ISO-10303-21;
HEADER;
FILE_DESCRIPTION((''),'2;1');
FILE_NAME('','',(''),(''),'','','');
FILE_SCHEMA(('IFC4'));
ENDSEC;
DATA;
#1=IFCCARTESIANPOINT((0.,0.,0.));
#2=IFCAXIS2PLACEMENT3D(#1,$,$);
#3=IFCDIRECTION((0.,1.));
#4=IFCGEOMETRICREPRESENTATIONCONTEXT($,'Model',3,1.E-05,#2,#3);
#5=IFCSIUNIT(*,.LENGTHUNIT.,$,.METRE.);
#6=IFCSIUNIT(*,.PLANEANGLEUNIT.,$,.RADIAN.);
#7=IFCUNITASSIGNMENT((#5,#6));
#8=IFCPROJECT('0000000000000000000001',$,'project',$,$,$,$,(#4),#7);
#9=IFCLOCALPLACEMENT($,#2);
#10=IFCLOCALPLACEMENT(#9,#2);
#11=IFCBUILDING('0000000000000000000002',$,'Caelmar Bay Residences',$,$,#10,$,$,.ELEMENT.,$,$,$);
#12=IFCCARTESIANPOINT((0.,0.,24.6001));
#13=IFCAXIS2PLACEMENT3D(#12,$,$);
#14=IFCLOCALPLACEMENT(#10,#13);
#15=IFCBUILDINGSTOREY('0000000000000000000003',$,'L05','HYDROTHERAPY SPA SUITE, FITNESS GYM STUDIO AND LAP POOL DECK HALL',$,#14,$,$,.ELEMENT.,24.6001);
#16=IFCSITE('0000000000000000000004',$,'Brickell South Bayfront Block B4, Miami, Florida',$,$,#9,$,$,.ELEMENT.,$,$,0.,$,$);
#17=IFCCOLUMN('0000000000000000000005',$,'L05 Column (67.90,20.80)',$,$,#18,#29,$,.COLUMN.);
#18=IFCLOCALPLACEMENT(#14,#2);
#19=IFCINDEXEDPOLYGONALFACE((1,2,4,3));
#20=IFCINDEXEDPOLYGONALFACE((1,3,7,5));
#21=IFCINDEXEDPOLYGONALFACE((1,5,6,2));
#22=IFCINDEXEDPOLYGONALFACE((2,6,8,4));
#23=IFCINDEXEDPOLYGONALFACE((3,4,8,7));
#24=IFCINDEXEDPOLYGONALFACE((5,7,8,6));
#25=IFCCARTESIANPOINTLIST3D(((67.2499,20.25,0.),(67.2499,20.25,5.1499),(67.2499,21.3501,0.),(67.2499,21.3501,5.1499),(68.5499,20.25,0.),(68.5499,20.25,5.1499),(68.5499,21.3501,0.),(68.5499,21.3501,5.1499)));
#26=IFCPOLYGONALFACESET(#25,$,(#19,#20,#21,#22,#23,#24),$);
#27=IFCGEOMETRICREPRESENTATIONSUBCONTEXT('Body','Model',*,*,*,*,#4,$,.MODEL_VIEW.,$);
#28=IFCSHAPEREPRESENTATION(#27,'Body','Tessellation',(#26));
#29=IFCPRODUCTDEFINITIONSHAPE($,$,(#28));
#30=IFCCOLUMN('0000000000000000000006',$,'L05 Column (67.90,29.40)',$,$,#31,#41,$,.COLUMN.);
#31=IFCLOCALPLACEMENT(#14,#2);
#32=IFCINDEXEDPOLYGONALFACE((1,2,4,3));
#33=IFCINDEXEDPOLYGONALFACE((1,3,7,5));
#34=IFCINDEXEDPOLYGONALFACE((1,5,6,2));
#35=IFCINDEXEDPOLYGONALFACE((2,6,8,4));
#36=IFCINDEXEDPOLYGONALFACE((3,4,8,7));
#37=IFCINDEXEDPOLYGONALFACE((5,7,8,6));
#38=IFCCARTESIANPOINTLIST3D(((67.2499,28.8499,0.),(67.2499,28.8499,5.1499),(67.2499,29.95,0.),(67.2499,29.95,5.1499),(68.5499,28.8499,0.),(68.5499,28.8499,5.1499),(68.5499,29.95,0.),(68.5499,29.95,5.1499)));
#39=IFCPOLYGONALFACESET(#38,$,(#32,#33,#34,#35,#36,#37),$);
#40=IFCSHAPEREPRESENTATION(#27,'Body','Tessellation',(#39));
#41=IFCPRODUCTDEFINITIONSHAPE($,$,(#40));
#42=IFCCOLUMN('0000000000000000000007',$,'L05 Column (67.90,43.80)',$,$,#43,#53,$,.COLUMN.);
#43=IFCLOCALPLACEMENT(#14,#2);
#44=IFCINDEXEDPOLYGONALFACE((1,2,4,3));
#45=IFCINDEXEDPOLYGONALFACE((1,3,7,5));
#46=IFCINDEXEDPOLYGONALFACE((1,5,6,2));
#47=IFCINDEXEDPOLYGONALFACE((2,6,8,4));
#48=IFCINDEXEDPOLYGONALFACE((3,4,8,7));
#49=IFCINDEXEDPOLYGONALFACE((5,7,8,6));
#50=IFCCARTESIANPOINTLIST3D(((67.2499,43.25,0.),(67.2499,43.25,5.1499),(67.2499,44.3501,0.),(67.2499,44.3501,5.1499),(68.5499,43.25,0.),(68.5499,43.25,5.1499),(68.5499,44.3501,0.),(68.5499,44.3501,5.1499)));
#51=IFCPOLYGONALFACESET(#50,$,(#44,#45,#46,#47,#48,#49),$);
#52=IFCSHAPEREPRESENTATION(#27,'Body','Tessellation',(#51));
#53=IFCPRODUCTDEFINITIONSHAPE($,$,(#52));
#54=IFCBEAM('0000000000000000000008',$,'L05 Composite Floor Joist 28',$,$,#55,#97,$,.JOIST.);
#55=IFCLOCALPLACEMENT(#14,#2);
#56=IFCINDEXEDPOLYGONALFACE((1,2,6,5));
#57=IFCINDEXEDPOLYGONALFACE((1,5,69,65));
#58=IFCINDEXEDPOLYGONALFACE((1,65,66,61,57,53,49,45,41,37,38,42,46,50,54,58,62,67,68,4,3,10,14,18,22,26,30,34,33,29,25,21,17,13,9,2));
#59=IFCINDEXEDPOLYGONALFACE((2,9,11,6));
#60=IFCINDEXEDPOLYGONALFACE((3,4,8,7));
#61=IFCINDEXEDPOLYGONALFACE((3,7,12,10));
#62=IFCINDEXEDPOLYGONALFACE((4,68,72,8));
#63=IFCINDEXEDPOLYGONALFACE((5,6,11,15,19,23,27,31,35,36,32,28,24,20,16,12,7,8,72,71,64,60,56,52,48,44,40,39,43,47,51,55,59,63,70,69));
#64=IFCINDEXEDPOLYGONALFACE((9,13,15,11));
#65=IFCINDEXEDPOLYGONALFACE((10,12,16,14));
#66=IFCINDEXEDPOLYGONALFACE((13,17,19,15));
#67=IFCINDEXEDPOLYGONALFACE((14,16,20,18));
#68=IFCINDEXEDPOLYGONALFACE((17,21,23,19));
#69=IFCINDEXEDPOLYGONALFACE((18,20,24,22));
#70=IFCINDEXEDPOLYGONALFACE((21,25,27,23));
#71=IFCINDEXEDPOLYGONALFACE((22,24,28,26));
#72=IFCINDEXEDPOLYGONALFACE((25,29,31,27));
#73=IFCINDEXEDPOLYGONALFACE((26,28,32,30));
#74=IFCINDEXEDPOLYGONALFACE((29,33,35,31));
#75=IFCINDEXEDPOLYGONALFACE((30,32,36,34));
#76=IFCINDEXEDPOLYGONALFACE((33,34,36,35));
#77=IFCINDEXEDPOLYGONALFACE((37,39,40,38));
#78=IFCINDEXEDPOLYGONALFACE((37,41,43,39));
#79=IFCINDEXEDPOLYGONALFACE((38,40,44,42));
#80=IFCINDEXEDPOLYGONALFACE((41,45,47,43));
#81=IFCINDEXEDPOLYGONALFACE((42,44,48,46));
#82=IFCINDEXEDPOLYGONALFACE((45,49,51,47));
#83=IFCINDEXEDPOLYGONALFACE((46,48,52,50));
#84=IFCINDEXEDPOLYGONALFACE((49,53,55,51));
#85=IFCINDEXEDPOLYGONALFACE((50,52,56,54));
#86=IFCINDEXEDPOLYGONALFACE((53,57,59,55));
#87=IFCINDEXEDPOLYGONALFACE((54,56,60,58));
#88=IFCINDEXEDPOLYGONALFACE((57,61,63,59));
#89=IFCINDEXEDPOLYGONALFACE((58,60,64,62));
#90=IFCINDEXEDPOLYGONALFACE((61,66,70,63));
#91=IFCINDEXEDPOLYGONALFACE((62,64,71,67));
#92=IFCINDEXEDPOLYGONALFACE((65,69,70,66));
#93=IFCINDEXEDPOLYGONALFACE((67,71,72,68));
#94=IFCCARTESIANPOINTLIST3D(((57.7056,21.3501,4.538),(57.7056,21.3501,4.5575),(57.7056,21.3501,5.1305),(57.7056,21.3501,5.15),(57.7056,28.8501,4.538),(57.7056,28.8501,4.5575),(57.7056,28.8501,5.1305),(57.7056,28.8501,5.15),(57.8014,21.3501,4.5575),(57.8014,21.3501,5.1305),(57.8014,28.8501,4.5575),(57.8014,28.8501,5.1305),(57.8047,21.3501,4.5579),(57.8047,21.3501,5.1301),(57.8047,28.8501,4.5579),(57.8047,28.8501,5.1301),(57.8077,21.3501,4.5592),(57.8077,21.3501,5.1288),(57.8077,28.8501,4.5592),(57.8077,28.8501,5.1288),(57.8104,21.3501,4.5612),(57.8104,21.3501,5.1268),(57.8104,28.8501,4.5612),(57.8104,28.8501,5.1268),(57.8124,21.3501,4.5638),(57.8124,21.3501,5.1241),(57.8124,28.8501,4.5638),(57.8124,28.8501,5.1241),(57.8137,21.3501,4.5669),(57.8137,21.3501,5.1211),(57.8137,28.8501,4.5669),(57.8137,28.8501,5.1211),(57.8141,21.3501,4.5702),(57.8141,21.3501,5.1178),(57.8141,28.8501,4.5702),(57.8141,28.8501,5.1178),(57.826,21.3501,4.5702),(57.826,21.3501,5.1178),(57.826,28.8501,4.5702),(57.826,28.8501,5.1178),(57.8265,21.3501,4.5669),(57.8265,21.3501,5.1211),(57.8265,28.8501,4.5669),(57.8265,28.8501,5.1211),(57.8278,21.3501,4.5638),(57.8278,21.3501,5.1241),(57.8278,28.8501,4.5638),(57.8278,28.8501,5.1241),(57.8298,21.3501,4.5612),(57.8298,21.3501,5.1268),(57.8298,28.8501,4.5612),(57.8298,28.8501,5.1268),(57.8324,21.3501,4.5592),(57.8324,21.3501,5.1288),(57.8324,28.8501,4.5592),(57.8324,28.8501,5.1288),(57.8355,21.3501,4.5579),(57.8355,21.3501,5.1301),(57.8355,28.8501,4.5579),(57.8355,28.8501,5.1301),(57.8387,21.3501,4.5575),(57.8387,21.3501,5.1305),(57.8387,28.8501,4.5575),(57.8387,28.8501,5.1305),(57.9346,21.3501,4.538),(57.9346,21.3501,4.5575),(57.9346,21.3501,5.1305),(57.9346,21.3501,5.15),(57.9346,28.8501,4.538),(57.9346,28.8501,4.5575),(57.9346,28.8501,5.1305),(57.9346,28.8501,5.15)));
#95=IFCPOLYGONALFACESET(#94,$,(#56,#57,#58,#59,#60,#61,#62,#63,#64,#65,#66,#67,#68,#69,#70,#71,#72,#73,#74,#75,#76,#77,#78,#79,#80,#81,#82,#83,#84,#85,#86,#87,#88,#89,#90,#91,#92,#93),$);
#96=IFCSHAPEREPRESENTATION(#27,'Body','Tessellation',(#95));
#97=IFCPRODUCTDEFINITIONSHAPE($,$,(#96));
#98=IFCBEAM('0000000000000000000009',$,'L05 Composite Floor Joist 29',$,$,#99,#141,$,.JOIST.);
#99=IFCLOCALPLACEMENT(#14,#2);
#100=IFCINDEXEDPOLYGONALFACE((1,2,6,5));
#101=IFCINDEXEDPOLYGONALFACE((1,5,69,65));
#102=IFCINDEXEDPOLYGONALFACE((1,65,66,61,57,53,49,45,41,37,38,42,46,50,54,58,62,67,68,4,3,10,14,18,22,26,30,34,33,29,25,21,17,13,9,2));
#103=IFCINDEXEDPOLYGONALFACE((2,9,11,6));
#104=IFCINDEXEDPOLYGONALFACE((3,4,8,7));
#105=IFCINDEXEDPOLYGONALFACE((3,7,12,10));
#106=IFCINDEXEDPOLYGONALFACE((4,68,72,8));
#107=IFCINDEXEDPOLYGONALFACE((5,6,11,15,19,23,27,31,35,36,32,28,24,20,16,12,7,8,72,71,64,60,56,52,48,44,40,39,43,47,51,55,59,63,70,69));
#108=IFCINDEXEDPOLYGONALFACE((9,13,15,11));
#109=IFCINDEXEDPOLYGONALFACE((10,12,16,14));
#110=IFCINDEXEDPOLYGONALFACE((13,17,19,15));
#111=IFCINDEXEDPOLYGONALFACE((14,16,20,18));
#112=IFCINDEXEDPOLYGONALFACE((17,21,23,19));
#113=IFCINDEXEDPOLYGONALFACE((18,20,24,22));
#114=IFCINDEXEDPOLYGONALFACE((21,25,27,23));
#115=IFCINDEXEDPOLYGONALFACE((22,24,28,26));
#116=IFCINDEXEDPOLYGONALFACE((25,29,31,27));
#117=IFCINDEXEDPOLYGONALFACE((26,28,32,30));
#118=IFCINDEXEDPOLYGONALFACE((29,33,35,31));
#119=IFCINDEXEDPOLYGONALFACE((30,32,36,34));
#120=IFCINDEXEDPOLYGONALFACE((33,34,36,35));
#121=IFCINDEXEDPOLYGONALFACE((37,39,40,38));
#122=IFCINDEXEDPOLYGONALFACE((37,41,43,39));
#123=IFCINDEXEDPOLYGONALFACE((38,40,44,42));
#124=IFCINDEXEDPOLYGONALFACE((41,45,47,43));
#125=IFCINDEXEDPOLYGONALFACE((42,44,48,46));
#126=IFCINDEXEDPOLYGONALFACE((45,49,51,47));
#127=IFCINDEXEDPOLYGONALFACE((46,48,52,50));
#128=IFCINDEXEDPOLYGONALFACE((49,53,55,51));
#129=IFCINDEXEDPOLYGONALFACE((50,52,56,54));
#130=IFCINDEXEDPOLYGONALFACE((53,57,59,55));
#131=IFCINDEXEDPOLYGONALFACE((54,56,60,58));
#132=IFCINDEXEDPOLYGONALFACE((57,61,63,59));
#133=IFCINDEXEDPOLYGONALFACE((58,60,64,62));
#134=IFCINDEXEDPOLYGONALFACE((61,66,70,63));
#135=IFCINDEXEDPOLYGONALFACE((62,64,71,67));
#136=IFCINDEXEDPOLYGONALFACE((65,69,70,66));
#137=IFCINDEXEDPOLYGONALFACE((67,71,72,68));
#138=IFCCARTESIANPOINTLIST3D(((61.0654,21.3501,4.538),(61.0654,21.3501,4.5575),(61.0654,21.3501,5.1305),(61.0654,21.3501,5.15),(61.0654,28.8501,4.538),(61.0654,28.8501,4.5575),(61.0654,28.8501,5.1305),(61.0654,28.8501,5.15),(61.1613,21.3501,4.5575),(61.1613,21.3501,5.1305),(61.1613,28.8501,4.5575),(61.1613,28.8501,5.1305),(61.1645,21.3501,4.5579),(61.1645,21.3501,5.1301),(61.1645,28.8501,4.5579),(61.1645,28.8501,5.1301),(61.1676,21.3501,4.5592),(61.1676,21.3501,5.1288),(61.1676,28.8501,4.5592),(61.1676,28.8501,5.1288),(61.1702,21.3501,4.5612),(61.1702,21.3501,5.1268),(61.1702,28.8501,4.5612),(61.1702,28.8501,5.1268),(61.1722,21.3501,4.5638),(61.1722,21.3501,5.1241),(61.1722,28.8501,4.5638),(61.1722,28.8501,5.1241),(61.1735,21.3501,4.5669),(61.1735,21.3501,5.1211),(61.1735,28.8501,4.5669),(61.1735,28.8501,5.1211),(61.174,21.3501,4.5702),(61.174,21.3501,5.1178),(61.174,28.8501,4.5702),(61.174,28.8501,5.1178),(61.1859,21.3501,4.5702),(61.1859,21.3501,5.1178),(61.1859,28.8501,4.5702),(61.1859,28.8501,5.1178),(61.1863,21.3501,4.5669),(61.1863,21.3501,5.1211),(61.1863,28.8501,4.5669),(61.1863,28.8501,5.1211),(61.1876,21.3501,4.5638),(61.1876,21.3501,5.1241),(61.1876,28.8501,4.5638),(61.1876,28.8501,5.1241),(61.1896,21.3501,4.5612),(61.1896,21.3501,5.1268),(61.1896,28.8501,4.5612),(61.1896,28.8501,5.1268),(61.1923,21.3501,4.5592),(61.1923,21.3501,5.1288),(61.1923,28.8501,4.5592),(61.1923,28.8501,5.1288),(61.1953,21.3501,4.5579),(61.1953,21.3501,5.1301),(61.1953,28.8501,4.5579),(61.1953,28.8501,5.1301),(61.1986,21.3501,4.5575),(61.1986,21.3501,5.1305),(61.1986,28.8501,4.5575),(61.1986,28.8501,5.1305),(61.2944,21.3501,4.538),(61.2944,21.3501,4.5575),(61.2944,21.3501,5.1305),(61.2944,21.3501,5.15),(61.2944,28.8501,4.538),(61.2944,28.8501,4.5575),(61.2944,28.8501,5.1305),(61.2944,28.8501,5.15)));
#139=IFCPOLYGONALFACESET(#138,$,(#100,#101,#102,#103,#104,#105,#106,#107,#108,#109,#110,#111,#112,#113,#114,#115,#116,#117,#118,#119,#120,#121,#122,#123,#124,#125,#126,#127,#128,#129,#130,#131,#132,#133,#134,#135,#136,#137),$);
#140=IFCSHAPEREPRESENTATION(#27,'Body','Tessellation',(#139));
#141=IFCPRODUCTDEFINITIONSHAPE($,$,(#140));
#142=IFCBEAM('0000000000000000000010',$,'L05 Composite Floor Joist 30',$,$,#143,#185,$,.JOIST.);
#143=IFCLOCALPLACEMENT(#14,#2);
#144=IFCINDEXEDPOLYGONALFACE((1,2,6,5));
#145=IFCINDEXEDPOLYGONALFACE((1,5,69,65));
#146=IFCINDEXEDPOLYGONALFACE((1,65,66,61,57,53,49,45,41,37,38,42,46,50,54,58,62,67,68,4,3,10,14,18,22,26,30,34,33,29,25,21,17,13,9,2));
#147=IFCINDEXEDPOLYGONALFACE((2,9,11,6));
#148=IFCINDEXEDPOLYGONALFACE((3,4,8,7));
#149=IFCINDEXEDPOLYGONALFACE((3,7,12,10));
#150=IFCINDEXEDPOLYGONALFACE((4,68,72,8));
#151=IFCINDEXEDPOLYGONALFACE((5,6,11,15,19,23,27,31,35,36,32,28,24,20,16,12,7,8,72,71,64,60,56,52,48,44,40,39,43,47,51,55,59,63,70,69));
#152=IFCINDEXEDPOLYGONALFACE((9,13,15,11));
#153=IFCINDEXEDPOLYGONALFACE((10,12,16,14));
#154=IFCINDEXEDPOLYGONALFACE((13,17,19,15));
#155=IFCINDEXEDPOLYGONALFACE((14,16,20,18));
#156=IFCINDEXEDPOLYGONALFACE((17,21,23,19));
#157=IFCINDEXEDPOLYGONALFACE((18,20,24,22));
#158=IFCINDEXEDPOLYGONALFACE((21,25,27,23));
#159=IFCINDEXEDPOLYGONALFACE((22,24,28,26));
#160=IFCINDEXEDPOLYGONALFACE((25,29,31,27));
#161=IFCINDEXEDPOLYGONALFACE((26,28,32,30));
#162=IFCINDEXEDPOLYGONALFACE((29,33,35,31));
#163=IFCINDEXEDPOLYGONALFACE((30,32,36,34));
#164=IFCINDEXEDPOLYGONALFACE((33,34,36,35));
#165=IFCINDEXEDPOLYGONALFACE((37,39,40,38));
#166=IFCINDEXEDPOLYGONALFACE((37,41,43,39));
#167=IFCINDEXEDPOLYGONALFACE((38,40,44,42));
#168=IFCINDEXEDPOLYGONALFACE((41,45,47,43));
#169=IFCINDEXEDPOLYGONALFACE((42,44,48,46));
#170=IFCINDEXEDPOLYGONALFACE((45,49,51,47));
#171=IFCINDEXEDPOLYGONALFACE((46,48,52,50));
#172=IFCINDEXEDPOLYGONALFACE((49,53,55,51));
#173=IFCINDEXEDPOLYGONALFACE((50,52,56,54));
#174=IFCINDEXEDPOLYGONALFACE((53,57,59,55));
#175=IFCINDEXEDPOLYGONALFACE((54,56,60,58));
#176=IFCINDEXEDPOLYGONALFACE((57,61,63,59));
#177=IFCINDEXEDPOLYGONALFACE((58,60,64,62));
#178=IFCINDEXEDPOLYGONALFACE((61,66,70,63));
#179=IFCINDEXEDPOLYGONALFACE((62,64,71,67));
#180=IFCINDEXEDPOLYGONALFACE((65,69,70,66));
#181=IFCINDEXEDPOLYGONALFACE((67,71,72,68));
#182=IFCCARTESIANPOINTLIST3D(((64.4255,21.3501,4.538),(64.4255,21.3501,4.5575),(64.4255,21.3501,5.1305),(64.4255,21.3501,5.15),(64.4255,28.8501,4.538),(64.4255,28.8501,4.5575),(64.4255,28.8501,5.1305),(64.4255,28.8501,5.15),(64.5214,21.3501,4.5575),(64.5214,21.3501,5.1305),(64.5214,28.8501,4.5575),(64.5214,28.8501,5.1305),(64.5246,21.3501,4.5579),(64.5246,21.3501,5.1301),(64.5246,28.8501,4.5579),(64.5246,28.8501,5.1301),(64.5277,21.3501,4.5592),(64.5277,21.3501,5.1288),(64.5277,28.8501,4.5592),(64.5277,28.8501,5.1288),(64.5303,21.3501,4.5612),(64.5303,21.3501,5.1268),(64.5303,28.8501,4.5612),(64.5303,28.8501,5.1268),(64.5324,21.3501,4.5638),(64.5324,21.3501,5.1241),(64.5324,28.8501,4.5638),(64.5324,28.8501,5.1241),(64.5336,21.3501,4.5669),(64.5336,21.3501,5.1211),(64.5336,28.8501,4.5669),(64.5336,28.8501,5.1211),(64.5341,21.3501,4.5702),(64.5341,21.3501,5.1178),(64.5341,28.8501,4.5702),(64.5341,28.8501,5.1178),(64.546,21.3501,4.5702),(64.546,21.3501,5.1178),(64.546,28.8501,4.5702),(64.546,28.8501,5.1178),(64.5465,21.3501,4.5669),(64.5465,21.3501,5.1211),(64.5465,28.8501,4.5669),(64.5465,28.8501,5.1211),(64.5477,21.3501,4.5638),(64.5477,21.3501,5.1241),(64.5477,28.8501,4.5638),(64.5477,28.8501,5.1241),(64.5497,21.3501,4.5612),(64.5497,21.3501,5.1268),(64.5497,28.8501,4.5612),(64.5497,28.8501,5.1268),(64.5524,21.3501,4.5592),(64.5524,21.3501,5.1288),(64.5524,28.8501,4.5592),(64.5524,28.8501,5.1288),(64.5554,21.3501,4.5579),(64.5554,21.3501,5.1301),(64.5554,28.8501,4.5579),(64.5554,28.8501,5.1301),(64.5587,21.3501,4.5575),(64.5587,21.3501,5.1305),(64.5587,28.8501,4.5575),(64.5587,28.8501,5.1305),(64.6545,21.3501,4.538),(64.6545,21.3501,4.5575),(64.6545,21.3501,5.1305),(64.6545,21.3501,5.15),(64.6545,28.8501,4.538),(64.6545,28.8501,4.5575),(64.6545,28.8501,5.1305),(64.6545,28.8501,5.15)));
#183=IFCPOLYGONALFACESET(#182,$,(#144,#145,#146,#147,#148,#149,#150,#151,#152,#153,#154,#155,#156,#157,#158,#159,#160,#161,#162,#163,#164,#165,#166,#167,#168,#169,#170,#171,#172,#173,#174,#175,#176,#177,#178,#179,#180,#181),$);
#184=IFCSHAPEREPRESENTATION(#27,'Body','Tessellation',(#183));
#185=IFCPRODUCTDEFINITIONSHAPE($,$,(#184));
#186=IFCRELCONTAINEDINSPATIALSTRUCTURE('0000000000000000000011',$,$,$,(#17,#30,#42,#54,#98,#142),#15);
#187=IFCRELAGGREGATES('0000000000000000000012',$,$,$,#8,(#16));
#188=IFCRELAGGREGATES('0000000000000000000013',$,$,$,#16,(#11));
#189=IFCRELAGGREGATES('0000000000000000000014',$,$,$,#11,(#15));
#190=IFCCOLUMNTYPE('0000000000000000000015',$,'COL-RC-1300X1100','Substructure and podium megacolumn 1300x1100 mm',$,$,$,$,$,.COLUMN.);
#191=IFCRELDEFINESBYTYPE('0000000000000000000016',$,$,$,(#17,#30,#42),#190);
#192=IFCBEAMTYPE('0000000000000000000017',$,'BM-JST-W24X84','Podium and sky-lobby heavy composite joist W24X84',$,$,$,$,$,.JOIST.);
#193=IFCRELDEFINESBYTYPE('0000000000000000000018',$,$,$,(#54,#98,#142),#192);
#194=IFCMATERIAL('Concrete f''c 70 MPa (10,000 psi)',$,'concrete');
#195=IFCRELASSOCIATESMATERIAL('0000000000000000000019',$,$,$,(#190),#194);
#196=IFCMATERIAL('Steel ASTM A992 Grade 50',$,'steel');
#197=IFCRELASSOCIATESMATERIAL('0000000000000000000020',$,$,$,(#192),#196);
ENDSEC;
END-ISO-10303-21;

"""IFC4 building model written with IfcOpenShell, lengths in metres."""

from ifc_helpers import new_model, si_unit, direction, frame, origin, origin_2d, place, context, subcontext, project, spatial, rectangle, i_section, extrude, material, material_profile, profile_set, type_object, element, save


model = new_model("IFC4")

# Units and contexts
model_context = context("Model", 3, precision=1e-05, world=origin(), true_north=direction((0.0, 1.0)))
body_context = subcontext(model_context, "Body", "Model", "MODEL_VIEW")
ifc_project = project(units=[si_unit("LENGTHUNIT", "METRE"), si_unit("PLANEANGLEUNIT", "RADIAN")], contexts=[model_context])

# Site, building, storey
site_placement = place(None, origin())
site = spatial("IfcSite", under=ifc_project, at=site_placement, Name="Brickell South Bayfront Block B4, Miami, Florida", CompositionType="ELEMENT", RefElevation=0.0)
building_placement = place(site_placement, origin())
building = spatial("IfcBuilding", under=site, at=building_placement, Name="Caelmar Bay Residences", CompositionType="ELEMENT")
storey_placement = place(building_placement, frame((0.0, 0.0, 24.6001)))
storey = spatial("IfcBuildingStorey", under=building, at=storey_placement, Name="L05", Description="HYDROTHERAPY SPA SUITE, FITNESS GYM STUDIO AND LAP POOL DECK HALL", CompositionType="ELEMENT", Elevation=24.6001)

# Columns
ifc_material_1 = material(Name="Concrete f'c 70 MPa (10,000 psi)", Category="concrete")
ifc_material_profile_1 = material_profile(ifc_material_1, rectangle(XDim=1.3, YDim=1.1001, at=origin_2d()), Name="RC-COL-1300X1100")
ifc_profile_set_1 = profile_set([ifc_material_profile_1], Name="Concrete f'c 70 MPa (10,000 psi)")
column_type = type_object("IfcColumnType", Name="COL-RC-1300X1100", Description="Substructure and podium megacolumn 1300x1100 mm", PredefinedType="COLUMN", material=ifc_profile_set_1)
for number, where, z_axis, x_axis, name in (
    (1, (67.8999, 20.8, 0.0), (0.0, 0.0, 1.0), (1.0, 0.0, 0.0), "L05 Column (67.90,20.80)"),
    (2, (67.8999, 29.3999, 0.0), (0.0, 0.0, 1.0), (1.0, 0.0, 0.0), "L05 Column (67.90,29.40)"),
    (3, (67.8999, 43.8, 0.0), (0.0, 0.0, 1.0), (1.0, 0.0, 0.0), "L05 Column (67.90,43.80)"),
):
    element("IfcColumn", number, at=place(storey_placement, frame(where, z_axis=z_axis, x_axis=x_axis)), inside=storey, type_object=column_type, Name=name, PredefinedType="COLUMN", context=body_context, shape_type="SweptSolid", body=[
        extrude(rectangle(XDim=1.3, YDim=1.1001, at=origin_2d()), origin(), (0.0, 0.0, 1.0), 5.1499),
    ])

# Beams
ifc_material_2 = material(Name="Steel ASTM A992 Grade 50", Category="steel")
ifc_material_profile_2 = material_profile(ifc_material_2, i_section(OverallWidth=0.229, OverallDepth=0.6121, WebThickness=0.012, FlangeThickness=0.0195, FilletRadius=0.0127, at=origin_2d()), Name="W24X84")
ifc_profile_set_2 = profile_set([ifc_material_profile_2], Name="Steel ASTM A992 Grade 50")
beam_type_1 = type_object("IfcBeamType", Name="BM-JST-W24X84", Description="Podium and sky-lobby heavy composite joist W24X84", PredefinedType="JOIST", material=ifc_profile_set_2)
for number, where, z_axis, x_axis, name in (
    (4, (57.8201, 21.3501, 4.844), (0.0, 1.0, 0.0), (-1.0, 0.0, 0.0), "L05 Composite Floor Joist 28"),
    (5, (61.1799, 21.3501, 4.844), (0.0, 1.0, 0.0), (-1.0, 0.0, 0.0), "L05 Composite Floor Joist 29"),
    (6, (64.54, 21.3501, 4.844), (0.0, 1.0, 0.0), (-1.0, 0.0, 0.0), "L05 Composite Floor Joist 30"),
):
    element("IfcBeam", number, at=place(storey_placement, frame(where, z_axis=z_axis, x_axis=x_axis)), inside=storey, type_object=beam_type_1, Name=name, PredefinedType="JOIST", context=body_context, shape_type="SweptSolid", body=[
        extrude(i_section(OverallWidth=0.229, OverallDepth=0.6121, WebThickness=0.012, FlangeThickness=0.0195, FilletRadius=0.0127, at=origin_2d()), origin(), (0.0, 0.0, 1.0), 7.5),
    ])

save(model, "model.ifc")
